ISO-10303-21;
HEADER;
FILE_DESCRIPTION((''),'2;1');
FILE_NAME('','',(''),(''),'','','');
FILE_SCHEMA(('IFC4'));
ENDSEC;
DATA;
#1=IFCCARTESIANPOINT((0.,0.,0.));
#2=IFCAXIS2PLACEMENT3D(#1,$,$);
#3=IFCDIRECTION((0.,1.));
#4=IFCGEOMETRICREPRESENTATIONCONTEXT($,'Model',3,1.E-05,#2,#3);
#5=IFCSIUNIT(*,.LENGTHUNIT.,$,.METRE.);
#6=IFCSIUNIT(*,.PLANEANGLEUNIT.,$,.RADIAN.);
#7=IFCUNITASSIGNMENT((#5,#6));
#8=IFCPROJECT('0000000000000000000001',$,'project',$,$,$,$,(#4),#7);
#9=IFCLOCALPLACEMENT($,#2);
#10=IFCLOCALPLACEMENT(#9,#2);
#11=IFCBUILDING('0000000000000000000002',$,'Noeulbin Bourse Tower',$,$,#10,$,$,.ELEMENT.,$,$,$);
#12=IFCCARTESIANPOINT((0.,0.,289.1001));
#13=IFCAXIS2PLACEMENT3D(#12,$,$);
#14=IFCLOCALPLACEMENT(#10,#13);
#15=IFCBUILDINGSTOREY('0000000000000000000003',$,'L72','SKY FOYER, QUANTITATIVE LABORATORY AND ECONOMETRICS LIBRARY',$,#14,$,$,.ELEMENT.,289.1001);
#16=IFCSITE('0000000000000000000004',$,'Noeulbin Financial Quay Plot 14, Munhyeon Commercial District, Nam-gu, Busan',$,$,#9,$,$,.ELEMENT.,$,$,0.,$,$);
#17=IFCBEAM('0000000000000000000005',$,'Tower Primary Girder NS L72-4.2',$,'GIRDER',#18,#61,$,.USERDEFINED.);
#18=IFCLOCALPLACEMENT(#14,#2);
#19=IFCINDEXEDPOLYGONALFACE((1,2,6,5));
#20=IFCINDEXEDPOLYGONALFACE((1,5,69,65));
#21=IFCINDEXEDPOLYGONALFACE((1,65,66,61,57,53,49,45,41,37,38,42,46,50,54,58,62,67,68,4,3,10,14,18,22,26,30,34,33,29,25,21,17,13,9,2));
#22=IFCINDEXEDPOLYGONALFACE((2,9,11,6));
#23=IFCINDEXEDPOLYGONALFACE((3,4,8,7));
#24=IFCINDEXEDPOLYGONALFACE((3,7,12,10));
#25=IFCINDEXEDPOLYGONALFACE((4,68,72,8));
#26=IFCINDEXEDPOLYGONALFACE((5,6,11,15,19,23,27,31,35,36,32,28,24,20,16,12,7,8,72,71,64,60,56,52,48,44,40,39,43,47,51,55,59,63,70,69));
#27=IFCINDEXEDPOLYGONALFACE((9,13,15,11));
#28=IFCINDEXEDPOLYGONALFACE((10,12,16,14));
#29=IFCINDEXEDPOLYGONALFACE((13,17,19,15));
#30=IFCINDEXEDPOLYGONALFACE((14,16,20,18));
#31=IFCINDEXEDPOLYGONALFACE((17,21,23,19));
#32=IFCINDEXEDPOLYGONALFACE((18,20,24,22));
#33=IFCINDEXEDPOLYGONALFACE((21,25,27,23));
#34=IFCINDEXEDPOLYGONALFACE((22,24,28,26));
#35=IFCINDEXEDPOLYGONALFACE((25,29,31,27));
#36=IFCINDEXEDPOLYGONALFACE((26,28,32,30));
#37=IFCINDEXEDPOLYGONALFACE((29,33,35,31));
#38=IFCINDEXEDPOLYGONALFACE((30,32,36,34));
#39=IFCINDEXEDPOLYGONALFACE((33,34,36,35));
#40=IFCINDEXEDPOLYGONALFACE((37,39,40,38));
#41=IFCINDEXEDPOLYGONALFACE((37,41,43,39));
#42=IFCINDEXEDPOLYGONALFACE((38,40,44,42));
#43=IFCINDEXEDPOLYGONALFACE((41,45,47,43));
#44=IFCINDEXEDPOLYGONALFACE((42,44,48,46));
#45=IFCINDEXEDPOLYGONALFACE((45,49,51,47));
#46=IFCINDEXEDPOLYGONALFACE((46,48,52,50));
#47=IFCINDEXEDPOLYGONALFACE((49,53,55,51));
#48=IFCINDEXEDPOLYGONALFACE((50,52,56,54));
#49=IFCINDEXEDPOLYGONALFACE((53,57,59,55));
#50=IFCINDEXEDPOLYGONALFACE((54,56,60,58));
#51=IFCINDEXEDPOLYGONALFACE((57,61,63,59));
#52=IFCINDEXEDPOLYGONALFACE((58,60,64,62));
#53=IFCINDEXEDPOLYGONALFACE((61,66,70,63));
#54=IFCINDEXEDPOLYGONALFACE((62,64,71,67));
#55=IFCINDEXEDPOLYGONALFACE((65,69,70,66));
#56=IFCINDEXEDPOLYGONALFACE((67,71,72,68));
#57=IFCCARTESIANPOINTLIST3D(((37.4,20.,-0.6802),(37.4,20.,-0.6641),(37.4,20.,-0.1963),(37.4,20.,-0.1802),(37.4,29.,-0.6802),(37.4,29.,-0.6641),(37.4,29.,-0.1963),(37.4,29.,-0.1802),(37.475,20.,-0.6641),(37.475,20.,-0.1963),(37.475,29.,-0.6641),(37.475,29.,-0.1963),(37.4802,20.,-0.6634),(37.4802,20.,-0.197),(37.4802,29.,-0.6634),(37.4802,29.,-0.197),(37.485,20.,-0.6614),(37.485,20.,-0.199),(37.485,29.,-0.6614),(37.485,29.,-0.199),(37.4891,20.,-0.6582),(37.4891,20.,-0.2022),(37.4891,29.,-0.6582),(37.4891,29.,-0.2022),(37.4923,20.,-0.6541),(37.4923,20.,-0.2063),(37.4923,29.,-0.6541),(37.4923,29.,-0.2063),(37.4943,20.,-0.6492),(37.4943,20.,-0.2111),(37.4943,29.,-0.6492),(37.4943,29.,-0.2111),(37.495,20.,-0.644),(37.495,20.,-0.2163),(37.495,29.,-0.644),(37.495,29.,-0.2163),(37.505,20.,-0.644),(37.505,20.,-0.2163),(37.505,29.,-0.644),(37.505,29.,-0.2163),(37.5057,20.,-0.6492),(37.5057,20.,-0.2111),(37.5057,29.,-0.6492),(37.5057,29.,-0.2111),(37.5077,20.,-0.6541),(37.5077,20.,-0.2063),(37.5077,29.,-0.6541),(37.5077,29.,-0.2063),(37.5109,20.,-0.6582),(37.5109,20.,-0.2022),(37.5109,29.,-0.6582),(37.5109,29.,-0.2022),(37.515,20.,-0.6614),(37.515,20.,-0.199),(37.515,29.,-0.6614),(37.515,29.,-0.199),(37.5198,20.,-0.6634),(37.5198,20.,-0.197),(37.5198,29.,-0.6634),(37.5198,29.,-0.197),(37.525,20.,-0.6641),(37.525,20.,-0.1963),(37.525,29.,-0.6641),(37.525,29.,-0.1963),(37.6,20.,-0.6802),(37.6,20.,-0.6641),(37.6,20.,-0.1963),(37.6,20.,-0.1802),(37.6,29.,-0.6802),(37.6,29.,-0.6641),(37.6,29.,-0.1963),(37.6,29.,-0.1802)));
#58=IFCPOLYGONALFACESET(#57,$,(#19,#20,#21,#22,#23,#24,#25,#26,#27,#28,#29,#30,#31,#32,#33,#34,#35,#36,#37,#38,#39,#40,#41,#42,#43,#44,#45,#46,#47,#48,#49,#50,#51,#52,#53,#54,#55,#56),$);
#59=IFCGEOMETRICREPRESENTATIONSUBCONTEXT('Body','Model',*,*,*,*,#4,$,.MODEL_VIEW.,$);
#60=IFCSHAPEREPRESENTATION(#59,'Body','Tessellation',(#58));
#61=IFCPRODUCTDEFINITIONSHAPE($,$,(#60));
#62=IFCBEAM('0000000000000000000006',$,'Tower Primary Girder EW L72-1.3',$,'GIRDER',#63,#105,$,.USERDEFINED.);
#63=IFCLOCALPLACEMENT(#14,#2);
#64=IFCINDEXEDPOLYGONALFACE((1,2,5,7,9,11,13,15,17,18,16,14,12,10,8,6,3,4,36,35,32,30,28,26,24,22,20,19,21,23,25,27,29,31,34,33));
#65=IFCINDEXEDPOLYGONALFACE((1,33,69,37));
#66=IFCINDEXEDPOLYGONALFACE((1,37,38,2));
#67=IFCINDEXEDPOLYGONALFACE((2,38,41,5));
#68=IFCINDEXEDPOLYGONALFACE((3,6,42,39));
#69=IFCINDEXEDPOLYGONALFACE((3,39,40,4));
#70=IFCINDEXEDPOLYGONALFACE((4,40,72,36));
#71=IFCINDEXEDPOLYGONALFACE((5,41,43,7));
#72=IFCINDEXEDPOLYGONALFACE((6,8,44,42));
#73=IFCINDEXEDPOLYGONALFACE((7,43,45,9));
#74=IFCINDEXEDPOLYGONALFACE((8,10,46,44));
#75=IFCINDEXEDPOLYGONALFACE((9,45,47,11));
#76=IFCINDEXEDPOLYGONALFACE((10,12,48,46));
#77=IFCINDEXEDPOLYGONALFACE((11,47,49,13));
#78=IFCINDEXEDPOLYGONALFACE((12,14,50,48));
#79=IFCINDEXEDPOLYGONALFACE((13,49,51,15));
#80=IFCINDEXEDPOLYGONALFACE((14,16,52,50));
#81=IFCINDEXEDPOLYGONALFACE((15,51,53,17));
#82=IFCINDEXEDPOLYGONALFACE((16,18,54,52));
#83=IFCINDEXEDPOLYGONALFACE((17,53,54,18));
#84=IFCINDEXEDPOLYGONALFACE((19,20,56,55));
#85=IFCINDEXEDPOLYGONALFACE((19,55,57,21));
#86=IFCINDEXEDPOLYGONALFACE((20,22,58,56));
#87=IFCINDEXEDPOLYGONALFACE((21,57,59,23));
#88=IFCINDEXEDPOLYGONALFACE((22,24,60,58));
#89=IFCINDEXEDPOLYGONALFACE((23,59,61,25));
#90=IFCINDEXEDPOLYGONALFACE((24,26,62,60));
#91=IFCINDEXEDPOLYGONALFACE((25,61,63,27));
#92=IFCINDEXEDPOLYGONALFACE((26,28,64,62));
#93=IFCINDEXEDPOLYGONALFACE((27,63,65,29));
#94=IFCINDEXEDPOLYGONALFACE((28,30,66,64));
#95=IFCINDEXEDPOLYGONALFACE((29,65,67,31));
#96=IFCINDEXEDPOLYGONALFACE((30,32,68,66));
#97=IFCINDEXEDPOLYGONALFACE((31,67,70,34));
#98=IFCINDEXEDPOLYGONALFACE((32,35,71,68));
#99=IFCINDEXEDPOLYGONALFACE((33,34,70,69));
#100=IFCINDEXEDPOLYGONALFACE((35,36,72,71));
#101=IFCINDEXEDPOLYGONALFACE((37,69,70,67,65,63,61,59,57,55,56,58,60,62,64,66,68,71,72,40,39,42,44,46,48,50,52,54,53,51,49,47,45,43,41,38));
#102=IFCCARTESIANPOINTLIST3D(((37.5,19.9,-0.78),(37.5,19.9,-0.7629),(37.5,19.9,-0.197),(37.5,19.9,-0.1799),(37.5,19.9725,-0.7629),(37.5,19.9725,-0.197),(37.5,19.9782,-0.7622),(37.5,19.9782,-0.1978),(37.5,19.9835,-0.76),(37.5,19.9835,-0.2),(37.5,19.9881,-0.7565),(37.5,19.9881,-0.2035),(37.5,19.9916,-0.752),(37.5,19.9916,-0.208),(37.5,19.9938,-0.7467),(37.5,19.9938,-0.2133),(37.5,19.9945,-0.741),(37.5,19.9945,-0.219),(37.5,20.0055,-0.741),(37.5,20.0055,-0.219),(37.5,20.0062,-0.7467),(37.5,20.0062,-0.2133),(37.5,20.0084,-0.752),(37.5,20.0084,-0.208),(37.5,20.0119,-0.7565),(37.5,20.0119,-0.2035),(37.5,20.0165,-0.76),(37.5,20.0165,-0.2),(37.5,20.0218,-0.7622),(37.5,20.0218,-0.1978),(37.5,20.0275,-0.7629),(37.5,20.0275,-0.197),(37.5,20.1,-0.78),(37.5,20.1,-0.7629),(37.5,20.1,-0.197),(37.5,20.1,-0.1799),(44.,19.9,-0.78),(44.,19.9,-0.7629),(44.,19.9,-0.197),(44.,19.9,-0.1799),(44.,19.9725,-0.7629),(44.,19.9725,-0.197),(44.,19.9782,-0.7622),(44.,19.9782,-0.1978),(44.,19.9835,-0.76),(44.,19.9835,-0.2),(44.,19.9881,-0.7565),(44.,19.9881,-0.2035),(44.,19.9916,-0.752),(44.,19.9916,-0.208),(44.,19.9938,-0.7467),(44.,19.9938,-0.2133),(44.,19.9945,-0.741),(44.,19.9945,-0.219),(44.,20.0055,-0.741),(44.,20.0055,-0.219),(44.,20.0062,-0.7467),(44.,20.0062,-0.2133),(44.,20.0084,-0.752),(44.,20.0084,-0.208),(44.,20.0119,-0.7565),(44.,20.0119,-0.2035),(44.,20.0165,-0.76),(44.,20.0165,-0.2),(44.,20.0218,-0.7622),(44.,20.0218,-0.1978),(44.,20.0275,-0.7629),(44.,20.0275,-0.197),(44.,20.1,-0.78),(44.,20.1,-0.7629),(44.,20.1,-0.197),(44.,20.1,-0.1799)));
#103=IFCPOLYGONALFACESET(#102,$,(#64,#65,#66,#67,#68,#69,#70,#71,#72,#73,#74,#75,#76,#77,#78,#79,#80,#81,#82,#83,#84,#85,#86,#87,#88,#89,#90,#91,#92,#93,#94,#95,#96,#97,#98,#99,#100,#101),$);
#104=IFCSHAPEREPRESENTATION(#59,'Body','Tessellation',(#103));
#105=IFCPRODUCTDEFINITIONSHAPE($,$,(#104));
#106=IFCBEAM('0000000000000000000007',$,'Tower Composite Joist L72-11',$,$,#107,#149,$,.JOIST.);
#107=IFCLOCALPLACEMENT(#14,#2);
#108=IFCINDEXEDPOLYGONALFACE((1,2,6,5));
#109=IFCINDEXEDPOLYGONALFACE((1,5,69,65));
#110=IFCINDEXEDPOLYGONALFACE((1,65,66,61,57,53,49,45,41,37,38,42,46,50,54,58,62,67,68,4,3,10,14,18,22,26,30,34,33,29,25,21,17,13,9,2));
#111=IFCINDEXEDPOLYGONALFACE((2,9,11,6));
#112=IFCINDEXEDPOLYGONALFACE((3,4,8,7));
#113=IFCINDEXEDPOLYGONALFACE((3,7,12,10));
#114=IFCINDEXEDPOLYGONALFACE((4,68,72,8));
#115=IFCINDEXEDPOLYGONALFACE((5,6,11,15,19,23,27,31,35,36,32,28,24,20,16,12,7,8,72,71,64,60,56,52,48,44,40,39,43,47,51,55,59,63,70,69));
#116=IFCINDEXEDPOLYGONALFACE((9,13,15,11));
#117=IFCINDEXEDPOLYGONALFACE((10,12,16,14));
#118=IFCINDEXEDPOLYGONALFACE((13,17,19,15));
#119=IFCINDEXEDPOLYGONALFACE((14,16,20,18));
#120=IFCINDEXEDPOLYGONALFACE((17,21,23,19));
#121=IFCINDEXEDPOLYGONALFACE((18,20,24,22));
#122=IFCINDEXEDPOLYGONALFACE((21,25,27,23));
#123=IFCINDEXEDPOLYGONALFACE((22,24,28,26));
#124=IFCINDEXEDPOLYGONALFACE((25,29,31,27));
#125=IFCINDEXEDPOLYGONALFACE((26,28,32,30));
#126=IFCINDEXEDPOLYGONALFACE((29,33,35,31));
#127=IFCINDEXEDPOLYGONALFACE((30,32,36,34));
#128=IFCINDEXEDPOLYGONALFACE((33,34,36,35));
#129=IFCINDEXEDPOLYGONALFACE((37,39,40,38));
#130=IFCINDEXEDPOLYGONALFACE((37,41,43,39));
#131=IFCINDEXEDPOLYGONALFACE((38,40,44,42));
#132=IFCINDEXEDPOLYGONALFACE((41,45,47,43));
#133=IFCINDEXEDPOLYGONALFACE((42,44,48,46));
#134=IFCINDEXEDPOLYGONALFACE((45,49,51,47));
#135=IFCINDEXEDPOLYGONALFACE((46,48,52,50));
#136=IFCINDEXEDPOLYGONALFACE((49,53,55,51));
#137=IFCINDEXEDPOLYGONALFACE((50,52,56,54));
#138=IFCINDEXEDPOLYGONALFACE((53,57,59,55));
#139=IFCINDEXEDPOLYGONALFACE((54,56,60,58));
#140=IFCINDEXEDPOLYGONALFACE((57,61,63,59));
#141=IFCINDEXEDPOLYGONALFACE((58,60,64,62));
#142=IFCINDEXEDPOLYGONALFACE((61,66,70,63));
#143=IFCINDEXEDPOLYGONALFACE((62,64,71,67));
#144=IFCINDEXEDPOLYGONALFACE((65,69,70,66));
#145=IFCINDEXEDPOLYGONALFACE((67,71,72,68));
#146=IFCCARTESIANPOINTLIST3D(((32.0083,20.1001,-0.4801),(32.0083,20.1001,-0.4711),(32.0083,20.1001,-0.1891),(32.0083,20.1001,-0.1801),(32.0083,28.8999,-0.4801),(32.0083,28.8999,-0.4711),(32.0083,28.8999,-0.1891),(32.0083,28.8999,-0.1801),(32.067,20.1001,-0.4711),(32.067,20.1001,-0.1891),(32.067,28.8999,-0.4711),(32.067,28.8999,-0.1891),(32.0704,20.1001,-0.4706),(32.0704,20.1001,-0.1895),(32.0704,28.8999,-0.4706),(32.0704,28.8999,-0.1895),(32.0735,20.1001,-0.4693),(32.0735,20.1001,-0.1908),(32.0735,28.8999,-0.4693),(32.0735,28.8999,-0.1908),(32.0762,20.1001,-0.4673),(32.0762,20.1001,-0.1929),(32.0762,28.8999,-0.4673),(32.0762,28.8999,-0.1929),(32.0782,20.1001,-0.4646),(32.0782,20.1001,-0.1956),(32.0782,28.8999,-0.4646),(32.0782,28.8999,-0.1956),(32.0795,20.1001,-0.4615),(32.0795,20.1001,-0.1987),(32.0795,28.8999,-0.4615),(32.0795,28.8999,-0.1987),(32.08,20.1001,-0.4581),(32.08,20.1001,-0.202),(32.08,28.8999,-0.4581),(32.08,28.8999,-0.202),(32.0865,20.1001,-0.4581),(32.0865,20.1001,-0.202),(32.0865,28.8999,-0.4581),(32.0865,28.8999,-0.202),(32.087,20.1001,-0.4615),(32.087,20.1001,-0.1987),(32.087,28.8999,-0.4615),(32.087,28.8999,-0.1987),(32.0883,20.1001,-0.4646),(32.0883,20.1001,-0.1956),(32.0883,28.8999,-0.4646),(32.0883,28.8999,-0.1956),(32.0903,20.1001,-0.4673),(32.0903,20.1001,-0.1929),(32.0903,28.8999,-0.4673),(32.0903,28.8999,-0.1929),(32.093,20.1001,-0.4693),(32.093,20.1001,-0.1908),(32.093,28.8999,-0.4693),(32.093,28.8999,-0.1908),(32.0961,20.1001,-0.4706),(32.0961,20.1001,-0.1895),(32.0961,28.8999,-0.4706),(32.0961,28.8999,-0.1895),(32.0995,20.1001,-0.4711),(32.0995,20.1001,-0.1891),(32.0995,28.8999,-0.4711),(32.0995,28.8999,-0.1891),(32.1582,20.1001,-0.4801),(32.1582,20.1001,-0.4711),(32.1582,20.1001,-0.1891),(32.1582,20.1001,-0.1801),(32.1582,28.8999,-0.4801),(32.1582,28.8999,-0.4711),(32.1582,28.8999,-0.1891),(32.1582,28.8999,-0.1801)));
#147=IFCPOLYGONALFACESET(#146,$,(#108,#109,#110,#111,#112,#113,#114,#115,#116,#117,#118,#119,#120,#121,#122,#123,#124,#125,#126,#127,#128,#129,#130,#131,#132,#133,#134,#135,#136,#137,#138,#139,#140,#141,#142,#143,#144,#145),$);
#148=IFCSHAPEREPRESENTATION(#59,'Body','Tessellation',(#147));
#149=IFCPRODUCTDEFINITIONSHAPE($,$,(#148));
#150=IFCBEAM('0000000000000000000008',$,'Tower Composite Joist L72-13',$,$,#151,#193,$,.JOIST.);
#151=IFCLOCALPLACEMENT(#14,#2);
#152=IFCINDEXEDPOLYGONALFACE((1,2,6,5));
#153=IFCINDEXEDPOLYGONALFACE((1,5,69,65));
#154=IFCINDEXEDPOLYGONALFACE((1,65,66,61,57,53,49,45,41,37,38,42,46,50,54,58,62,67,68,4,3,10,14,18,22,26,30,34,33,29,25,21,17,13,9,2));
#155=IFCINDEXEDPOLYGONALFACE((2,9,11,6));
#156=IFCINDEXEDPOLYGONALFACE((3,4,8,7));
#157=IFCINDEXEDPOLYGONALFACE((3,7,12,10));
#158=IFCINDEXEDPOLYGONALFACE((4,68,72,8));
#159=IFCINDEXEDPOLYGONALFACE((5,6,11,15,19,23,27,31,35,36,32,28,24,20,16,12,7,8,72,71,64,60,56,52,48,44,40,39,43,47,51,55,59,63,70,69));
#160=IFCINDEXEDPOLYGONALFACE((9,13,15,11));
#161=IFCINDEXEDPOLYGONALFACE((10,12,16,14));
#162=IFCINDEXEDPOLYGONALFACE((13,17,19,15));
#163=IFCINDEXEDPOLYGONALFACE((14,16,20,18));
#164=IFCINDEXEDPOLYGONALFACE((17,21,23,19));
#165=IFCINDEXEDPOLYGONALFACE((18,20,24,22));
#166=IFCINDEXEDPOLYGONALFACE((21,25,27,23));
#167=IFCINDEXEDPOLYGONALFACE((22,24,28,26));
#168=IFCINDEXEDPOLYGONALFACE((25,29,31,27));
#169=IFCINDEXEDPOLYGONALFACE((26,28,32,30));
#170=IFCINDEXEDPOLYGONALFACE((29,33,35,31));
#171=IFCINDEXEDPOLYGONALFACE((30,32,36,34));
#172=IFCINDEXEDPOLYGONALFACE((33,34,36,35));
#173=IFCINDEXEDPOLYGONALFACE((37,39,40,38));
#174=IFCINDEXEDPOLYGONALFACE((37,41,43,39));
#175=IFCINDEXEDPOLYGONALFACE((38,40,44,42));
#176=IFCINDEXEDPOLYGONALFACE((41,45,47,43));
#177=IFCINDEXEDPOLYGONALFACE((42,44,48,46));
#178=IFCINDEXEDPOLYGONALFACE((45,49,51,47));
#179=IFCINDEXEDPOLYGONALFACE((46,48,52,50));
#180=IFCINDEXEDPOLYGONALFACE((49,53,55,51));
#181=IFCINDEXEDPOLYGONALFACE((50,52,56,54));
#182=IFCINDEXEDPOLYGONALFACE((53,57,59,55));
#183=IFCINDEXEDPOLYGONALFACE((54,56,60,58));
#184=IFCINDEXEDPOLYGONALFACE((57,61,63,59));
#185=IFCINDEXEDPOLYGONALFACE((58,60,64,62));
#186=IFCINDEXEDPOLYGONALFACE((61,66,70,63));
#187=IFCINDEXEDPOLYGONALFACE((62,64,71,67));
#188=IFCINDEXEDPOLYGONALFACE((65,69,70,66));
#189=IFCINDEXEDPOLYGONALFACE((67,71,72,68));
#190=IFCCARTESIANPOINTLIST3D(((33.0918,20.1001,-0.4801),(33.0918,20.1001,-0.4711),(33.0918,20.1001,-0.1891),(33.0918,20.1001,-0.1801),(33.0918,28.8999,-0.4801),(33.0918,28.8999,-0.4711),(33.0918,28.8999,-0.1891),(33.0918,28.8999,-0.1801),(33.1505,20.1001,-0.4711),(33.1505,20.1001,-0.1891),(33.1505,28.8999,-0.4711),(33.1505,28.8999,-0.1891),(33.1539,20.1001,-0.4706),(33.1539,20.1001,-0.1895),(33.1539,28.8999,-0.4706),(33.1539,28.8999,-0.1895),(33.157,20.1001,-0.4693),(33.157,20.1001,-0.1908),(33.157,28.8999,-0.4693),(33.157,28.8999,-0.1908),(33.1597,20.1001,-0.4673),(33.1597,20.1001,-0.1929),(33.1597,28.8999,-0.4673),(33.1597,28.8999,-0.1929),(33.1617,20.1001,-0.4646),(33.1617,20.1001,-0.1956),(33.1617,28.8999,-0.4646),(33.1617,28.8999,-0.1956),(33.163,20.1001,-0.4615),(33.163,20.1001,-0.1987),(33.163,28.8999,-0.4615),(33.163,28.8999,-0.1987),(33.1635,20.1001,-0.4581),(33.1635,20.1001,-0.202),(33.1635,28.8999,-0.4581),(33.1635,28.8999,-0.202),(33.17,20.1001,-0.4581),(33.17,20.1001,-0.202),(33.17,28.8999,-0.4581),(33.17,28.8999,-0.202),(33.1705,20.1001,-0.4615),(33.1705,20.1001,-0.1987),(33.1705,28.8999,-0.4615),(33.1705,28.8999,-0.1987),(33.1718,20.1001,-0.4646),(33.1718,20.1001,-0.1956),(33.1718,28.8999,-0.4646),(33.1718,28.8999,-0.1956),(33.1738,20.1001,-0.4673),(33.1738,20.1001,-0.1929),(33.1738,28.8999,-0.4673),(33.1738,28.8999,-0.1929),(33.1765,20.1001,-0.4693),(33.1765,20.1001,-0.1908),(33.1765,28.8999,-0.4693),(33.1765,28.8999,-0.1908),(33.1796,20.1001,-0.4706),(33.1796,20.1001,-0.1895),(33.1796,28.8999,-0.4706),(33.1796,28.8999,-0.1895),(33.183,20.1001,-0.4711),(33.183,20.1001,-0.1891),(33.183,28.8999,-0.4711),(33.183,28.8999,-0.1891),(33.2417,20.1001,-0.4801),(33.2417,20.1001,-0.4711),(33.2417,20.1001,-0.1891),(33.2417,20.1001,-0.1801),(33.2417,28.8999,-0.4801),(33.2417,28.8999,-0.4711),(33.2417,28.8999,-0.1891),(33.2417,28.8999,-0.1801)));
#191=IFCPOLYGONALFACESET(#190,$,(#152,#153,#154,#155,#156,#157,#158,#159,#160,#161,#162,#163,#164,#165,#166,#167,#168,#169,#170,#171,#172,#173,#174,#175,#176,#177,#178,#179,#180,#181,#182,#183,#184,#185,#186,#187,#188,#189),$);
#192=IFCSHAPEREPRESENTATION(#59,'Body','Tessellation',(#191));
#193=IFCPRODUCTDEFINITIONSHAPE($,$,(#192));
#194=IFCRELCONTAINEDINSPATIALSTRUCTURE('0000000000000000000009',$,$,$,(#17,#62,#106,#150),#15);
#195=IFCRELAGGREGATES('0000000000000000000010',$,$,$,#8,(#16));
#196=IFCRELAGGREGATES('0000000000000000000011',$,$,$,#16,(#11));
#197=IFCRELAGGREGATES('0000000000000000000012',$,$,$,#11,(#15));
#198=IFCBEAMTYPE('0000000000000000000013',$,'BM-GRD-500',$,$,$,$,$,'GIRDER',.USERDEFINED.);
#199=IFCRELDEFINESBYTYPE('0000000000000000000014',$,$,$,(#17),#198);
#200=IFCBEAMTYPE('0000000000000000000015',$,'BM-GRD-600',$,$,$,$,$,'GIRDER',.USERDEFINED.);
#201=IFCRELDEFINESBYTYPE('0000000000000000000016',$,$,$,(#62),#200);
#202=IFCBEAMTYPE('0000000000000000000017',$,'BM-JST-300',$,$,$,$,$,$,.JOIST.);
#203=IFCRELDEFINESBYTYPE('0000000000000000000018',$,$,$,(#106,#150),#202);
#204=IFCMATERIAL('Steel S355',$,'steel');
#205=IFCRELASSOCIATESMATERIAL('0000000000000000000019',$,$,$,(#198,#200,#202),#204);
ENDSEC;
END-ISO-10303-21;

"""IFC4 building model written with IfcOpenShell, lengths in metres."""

from ifc_helpers import new_model, si_unit, direction, frame, origin, origin_2d, place, context, subcontext, project, spatial, i_section, extrude, material, material_profile, profile_set, type_object, element, save


model = new_model("IFC4")

# Units and contexts
model_context = context("Model", 3, precision=1e-05, world=origin(), true_north=direction((0.0, 1.0)))
body_context = subcontext(model_context, "Body", "Model", "MODEL_VIEW")
ifc_project = project(units=[si_unit("LENGTHUNIT", "METRE"), si_unit("PLANEANGLEUNIT", "RADIAN")], contexts=[model_context])

# Site, building, storey
site_placement = place(None, origin())
site = spatial("IfcSite", under=ifc_project, at=site_placement, Name="Noeulbin Financial Quay Plot 14, Munhyeon Commercial District, Nam-gu, Busan", CompositionType="ELEMENT", RefElevation=0.0)
building_placement = place(site_placement, origin())
building = spatial("IfcBuilding", under=site, at=building_placement, Name="Noeulbin Bourse Tower", CompositionType="ELEMENT")
storey_placement = place(building_placement, frame((0.0, 0.0, 289.1001)))
storey = spatial("IfcBuildingStorey", under=building, at=storey_placement, Name="L72", Description="SKY FOYER, QUANTITATIVE LABORATORY AND ECONOMETRICS LIBRARY", CompositionType="ELEMENT", Elevation=289.1001)

# Shared definitions
ifc_material_1 = material(Name="Steel S355", Category="steel")

# Beams
ifc_material_profile_1 = material_profile(ifc_material_1, i_section(OverallWidth=0.2, OverallDepth=0.5, WebThickness=0.01, FlangeThickness=0.0161, FilletRadius=0.02, at=origin_2d()), Name="H-500x200x10x16", Category="LoadBearing")
ifc_profile_set_1 = profile_set([ifc_material_profile_1], Name="Steel S355")
beam_type_1 = type_object("IfcBeamType", Name="BM-GRD-500", ElementType="GIRDER", PredefinedType="USERDEFINED", material=ifc_profile_set_1)
beam_1_placement = place(storey_placement, frame((37.5, 20.0, -0.4302), z_axis=(0.0, 1.0, 0.0), x_axis=(-1.0, 0.0, 0.0)))
element("IfcBeam", 1, at=beam_1_placement, inside=storey, type_object=beam_type_1, Name="Tower Primary Girder NS L72-4.2", ObjectType="GIRDER", PredefinedType="USERDEFINED", context=body_context, shape_type="SweptSolid", body=[
    extrude(i_section(OverallWidth=0.2, OverallDepth=0.5, WebThickness=0.01, FlangeThickness=0.0161, FilletRadius=0.02, at=origin_2d()), origin(), (0.0, 0.0, 1.0), 9.0),
])
ifc_material_profile_2 = material_profile(ifc_material_1, i_section(OverallWidth=0.2, OverallDepth=0.6001, WebThickness=0.011, FlangeThickness=0.0171, FilletRadius=0.022, at=origin_2d()), Name="H-600x200x11x17", Category="LoadBearing")
ifc_profile_set_2 = profile_set([ifc_material_profile_2], Name="Steel S355")
beam_type_2 = type_object("IfcBeamType", Name="BM-GRD-600", ElementType="GIRDER", PredefinedType="USERDEFINED", material=ifc_profile_set_2)
beam_2_placement = place(storey_placement, frame((37.5, 20.0, -0.48), z_axis=(1.0, 0.0, 0.0), x_axis=(0.0, 1.0, 0.0)))
element("IfcBeam", 2, at=beam_2_placement, inside=storey, type_object=beam_type_2, Name="Tower Primary Girder EW L72-1.3", ObjectType="GIRDER", PredefinedType="USERDEFINED", context=body_context, shape_type="SweptSolid", body=[
    extrude(i_section(OverallWidth=0.2, OverallDepth=0.6001, WebThickness=0.011, FlangeThickness=0.0171, FilletRadius=0.022, at=origin_2d()), origin(), (0.0, 0.0, 1.0), 6.5),
])
ifc_material_profile_3 = material_profile(ifc_material_1, i_section(OverallWidth=0.1499, OverallDepth=0.3, WebThickness=0.0066, FlangeThickness=0.009, FilletRadius=0.0129, at=origin_2d()), Name="H-300x150x6.5x9", Category="LoadBearing")
ifc_profile_set_3 = profile_set([ifc_material_profile_3], Name="Steel S355")
beam_type_3 = type_object("IfcBeamType", Name="BM-JST-300", PredefinedType="JOIST", material=ifc_profile_set_3)
for number, where, z_axis, x_axis, name in (
    (3, (32.0833, 20.1001, -0.3301), (0.0, 1.0, 0.0), (-1.0, 0.0, 0.0), "Tower Composite Joist L72-11"),
    (4, (33.1667, 20.1001, -0.3301), (0.0, 1.0, 0.0), (-1.0, 0.0, 0.0), "Tower Composite Joist L72-13"),
):
    element("IfcBeam", number, at=place(storey_placement, frame(where, z_axis=z_axis, x_axis=x_axis)), inside=storey, type_object=beam_type_3, Name=name, PredefinedType="JOIST", context=body_context, shape_type="SweptSolid", body=[
        extrude(i_section(OverallWidth=0.1499, OverallDepth=0.3, WebThickness=0.0066, FlangeThickness=0.009, FilletRadius=0.0129, at=origin_2d()), origin(), (0.0, 0.0, 1.0), 8.7998),
    ])

save(model, "model.ifc")
